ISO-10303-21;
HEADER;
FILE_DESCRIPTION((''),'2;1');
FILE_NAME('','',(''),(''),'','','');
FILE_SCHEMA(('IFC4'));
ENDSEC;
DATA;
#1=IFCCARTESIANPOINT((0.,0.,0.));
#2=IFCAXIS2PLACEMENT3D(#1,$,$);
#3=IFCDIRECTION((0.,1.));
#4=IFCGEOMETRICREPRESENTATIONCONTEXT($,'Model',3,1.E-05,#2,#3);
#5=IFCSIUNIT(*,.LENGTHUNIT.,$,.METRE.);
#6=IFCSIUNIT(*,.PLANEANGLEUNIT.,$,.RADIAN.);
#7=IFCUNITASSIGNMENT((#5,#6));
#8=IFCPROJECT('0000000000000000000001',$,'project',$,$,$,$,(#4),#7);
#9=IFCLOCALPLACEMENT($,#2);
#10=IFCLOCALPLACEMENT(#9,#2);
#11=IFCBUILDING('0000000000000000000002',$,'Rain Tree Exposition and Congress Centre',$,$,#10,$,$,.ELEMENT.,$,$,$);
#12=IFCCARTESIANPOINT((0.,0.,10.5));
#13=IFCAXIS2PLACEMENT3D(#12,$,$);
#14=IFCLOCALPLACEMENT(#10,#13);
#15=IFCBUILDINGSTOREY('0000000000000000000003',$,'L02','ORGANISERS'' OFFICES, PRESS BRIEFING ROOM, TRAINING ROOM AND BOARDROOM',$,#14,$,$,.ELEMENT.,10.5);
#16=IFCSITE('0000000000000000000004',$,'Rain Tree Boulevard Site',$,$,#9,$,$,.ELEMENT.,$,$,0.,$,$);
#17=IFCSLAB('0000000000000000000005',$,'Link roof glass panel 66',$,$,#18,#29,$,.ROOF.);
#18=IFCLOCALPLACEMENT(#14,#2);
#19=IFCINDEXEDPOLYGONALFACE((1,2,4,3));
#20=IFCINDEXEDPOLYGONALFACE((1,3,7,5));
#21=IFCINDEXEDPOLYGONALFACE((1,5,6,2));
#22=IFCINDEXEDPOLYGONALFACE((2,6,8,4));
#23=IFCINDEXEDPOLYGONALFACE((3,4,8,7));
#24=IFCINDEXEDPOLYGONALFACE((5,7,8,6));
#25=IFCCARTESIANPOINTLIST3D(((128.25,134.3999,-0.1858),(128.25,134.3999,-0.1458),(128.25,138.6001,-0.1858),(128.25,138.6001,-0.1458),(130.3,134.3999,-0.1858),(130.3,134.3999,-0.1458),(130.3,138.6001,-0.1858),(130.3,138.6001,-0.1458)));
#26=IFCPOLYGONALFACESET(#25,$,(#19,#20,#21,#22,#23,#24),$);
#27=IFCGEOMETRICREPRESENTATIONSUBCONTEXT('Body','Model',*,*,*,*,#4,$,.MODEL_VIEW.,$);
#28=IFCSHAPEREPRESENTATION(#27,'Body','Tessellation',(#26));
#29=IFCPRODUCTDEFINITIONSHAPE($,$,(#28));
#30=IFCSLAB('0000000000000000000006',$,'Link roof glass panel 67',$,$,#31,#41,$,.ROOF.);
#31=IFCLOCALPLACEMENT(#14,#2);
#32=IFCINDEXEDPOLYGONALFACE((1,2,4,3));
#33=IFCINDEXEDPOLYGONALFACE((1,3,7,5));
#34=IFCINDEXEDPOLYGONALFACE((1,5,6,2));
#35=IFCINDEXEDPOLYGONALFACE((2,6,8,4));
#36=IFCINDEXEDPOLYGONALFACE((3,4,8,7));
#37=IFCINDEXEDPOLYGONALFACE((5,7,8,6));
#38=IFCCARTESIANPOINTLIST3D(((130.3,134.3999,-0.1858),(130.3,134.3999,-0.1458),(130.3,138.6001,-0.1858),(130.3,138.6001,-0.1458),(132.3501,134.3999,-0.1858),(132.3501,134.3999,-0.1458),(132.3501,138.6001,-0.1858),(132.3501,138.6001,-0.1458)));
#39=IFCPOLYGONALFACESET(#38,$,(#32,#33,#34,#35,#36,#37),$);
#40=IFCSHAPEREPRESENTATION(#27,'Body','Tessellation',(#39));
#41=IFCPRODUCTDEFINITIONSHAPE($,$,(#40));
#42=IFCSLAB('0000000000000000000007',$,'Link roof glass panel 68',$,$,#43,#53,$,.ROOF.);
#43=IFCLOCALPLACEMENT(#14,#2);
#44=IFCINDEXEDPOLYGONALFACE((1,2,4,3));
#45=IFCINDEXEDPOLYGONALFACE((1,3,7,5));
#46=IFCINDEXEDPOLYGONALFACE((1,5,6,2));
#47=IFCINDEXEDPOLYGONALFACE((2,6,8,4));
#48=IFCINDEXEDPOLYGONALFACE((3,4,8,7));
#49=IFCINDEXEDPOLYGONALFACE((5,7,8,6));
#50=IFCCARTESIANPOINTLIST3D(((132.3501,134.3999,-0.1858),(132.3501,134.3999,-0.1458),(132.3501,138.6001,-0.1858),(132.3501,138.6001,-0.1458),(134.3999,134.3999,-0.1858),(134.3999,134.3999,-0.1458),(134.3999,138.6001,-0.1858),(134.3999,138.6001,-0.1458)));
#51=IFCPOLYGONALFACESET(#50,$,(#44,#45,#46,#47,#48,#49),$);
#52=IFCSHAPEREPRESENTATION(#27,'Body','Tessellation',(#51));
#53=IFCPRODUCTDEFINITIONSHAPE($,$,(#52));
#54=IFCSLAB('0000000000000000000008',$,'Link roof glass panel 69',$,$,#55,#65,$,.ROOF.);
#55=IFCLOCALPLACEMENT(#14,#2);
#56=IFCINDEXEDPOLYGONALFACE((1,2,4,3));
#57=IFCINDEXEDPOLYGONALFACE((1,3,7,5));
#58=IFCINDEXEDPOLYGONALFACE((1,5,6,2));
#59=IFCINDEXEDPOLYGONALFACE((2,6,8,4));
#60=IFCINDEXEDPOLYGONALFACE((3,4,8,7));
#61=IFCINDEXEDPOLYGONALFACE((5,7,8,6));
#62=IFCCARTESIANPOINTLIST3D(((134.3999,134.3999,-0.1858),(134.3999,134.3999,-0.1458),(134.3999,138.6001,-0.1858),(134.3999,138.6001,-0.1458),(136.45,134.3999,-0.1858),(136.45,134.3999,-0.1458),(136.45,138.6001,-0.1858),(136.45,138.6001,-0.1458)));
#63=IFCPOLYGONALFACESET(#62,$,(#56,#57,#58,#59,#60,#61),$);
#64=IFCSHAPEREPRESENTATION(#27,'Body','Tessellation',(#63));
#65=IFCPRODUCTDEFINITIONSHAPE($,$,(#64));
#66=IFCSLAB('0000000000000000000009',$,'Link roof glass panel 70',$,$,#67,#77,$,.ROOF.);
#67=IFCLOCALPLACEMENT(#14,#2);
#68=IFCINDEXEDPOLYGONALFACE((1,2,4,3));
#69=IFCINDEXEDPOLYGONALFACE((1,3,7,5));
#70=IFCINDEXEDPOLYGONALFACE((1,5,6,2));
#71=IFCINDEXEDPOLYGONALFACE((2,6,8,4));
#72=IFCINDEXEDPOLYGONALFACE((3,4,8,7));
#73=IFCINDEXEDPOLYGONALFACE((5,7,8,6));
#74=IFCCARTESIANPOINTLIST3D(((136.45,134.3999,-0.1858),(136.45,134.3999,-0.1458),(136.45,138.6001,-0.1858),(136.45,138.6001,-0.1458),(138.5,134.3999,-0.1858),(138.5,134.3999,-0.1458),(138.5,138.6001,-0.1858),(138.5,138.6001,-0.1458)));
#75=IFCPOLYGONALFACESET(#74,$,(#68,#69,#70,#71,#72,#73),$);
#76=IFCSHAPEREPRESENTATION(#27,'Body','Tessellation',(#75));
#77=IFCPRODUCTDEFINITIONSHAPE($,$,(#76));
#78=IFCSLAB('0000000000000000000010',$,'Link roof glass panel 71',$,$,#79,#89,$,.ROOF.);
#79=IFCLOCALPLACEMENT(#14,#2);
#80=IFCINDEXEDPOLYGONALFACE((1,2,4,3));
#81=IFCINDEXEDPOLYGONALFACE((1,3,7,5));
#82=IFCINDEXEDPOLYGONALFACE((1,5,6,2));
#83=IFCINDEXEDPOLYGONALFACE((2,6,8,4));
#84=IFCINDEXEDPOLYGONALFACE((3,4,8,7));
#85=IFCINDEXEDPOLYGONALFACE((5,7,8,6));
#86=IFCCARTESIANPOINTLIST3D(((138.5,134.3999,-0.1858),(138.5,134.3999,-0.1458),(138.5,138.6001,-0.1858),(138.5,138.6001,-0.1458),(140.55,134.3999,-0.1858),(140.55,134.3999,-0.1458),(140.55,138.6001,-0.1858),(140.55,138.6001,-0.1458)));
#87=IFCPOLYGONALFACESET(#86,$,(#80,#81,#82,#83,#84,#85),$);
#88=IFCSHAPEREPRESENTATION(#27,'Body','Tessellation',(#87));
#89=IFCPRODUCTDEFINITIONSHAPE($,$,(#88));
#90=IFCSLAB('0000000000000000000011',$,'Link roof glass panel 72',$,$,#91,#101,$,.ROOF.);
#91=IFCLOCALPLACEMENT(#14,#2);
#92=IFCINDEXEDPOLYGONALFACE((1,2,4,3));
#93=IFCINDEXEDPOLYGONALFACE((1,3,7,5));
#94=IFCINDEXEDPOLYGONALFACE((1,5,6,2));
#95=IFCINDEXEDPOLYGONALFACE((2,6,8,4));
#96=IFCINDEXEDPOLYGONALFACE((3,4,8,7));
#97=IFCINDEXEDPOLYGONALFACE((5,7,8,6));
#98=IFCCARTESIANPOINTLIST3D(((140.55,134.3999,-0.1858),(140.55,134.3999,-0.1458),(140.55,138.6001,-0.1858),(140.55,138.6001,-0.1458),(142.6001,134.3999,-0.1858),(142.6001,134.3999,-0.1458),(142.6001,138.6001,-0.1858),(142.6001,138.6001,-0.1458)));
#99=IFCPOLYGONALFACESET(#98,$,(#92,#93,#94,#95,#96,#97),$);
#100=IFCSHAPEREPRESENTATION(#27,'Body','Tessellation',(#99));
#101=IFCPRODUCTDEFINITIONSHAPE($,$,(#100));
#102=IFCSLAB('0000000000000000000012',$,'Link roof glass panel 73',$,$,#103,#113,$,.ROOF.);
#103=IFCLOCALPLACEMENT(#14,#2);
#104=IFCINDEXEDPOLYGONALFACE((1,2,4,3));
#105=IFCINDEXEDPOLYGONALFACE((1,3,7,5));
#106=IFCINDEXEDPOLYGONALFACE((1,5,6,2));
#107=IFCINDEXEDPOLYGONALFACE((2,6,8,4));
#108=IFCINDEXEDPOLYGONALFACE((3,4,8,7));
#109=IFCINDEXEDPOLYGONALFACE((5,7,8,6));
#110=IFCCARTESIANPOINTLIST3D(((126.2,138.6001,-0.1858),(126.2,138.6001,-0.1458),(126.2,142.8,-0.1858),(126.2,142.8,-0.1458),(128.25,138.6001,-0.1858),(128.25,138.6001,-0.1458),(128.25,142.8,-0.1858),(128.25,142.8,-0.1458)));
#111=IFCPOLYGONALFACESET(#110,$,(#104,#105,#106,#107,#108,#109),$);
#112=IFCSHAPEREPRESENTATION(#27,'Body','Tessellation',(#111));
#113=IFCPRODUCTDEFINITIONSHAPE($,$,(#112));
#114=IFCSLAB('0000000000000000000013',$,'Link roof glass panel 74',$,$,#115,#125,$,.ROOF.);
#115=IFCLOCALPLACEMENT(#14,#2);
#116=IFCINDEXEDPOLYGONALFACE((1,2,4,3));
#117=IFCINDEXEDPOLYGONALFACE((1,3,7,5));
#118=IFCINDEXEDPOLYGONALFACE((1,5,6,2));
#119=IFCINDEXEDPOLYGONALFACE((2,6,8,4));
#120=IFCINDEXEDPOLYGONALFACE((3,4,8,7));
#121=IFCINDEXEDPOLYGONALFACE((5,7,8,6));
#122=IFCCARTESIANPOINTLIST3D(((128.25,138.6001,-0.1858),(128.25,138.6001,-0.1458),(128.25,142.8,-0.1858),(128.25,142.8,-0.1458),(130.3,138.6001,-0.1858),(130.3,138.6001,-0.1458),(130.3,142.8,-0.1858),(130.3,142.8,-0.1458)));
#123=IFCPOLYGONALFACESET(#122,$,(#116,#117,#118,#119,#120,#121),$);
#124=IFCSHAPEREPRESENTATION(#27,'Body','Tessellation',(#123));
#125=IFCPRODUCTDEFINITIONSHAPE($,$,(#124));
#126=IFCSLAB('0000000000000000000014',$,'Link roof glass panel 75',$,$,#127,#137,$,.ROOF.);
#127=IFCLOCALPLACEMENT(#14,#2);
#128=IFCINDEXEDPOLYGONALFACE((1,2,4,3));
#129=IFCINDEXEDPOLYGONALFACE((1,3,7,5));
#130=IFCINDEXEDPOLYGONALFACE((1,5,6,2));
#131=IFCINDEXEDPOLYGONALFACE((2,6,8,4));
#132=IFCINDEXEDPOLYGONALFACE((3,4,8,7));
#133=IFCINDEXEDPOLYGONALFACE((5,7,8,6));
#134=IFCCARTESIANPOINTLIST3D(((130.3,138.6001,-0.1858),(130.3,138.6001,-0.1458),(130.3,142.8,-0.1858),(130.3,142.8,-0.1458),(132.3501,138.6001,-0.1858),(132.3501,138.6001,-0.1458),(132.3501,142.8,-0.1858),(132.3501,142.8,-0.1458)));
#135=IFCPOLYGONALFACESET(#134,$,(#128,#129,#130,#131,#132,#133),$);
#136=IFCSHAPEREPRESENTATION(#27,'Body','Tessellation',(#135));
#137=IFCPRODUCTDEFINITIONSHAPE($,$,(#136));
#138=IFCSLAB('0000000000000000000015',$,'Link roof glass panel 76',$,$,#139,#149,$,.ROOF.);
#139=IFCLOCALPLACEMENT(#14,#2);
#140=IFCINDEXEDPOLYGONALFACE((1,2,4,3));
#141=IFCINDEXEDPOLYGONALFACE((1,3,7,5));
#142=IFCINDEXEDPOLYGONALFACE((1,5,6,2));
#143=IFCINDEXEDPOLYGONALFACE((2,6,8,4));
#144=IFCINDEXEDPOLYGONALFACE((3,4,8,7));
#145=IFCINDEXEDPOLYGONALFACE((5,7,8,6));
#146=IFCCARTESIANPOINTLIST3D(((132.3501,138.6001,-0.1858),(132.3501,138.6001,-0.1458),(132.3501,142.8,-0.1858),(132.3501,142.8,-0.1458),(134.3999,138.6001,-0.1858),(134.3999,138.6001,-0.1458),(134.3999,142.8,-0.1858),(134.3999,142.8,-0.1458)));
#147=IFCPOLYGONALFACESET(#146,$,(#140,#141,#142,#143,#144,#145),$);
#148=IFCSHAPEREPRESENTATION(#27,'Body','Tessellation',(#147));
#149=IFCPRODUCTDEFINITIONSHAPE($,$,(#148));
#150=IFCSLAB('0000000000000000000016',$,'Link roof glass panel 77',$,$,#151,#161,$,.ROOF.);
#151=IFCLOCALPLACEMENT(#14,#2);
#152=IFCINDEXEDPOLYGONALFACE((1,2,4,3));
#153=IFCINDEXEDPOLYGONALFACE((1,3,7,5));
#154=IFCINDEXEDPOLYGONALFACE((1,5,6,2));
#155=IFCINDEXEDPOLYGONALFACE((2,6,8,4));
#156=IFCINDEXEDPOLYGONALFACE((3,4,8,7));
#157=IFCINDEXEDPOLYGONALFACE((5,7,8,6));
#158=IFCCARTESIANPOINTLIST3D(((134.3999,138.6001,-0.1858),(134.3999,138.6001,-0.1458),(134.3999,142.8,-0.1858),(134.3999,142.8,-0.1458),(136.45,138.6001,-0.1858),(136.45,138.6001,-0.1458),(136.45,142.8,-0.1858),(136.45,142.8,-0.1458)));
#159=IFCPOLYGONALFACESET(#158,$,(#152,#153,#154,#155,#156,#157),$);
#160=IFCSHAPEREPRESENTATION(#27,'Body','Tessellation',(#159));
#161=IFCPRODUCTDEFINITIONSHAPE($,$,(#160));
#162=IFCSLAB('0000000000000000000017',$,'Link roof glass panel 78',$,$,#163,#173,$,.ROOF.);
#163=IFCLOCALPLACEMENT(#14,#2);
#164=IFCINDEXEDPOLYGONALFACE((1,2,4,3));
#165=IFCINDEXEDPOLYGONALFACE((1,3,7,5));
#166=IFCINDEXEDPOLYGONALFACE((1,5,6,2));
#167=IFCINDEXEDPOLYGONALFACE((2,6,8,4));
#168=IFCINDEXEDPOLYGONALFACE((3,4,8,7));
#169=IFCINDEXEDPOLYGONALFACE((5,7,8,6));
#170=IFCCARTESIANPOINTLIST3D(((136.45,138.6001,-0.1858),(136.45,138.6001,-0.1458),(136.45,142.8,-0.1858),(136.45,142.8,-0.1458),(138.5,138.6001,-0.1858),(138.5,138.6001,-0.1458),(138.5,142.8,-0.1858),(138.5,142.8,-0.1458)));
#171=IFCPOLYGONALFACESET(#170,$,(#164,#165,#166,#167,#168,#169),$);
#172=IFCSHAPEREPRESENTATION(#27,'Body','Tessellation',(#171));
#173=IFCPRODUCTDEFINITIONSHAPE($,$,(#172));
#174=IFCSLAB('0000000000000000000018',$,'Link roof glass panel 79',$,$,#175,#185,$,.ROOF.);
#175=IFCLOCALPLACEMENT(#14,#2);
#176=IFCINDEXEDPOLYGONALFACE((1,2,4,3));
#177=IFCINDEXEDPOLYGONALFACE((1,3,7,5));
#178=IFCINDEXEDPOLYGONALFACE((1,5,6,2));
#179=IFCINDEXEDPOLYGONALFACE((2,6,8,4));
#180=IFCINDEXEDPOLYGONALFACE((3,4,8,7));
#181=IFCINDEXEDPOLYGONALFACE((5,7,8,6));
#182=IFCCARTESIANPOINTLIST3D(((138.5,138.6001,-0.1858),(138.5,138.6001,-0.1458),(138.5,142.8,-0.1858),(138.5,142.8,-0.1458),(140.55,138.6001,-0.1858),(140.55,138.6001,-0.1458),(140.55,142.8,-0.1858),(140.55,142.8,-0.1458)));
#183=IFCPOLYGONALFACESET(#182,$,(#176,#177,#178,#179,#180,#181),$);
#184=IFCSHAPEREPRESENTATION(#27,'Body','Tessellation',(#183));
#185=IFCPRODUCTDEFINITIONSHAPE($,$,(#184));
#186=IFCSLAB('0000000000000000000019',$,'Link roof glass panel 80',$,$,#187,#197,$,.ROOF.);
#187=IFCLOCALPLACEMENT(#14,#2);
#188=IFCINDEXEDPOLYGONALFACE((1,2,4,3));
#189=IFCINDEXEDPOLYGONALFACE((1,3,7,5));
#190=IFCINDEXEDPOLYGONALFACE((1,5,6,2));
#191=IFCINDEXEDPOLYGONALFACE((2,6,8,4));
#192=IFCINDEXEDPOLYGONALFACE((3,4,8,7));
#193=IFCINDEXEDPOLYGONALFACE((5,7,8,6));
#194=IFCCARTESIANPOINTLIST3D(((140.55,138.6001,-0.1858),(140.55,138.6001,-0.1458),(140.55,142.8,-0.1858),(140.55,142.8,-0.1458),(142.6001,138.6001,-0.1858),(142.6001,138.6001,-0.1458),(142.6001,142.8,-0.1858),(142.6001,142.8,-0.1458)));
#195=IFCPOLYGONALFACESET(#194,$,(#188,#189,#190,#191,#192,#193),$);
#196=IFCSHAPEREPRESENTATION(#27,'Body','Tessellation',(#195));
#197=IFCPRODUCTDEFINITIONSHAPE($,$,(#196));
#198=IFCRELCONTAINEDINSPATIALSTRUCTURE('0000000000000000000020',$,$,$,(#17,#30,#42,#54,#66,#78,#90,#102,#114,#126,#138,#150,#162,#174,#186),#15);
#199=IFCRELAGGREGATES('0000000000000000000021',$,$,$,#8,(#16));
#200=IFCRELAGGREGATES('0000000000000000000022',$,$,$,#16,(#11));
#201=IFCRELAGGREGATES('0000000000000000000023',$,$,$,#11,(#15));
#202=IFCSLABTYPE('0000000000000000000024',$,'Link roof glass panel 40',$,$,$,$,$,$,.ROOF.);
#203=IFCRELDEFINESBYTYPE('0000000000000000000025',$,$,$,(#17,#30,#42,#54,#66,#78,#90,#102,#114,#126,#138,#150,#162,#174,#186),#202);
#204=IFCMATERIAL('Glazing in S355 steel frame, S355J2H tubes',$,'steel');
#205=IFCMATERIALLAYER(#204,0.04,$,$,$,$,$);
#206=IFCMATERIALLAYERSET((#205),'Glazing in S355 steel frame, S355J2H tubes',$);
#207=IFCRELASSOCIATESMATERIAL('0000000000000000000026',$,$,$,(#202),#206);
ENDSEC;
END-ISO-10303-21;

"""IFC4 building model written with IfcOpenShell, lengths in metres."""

from ifc_helpers import new_model, si_unit, direction, frame, origin, place, context, subcontext, project, spatial, polyline, outline, extrude, material, layer, layer_set, type_object, element, save


model = new_model("IFC4")

# Units and contexts
model_context = context("Model", 3, precision=1e-05, world=origin(), true_north=direction((0.0, 1.0)))
body_context = subcontext(model_context, "Body", "Model", "MODEL_VIEW")
ifc_project = project(units=[si_unit("LENGTHUNIT", "METRE"), si_unit("PLANEANGLEUNIT", "RADIAN")], contexts=[model_context])

# Site, building, storey
site_placement = place(None, origin())
site = spatial("IfcSite", under=ifc_project, at=site_placement, Name="Rain Tree Boulevard Site", CompositionType="ELEMENT", RefElevation=0.0)
building_placement = place(site_placement, origin())
building = spatial("IfcBuilding", under=site, at=building_placement, Name="Rain Tree Exposition and Congress Centre", CompositionType="ELEMENT")
storey_placement = place(building_placement, frame((0.0, 0.0, 10.5)))
storey = spatial("IfcBuildingStorey", under=building, at=storey_placement, Name="L02", Description="ORGANISERS' OFFICES, PRESS BRIEFING ROOM, TRAINING ROOM AND BOARDROOM", CompositionType="ELEMENT", Elevation=10.5)

# Slabs
ifc_material = material(Name="Glazing in S355 steel frame, S355J2H tubes", Category="steel")
ifc_layer = layer(ifc_material, 0.04)
ifc_layer_set = layer_set([ifc_layer], Name="Glazing in S355 steel frame, S355J2H tubes")
slab_type = type_object("IfcSlabType", Name="Link roof glass panel 40", PredefinedType="ROOF", material=ifc_layer_set)
slab_1_placement = place(storey_placement, frame((0.0, 0.0, -0.1858)))
element("IfcSlab", 1, at=slab_1_placement, inside=storey, type_object=slab_type, Name="Link roof glass panel 66", PredefinedType="ROOF", context=body_context, shape_type="SweptSolid", body=[
    extrude(outline(polyline([(128.25, 134.3999), (130.3, 134.3999), (130.3, 138.6001), (128.25, 138.6001), (128.25, 134.3999)])), origin(), (0.0, 0.0, 1.0), 0.04),
])
slab_2_placement = place(storey_placement, frame((0.0, 0.0, -0.1858)))
element("IfcSlab", 2, at=slab_2_placement, inside=storey, type_object=slab_type, Name="Link roof glass panel 67", PredefinedType="ROOF", context=body_context, shape_type="SweptSolid", body=[
    extrude(outline(polyline([(130.3, 134.3999), (132.3501, 134.3999), (132.3501, 138.6001), (130.3, 138.6001), (130.3, 134.3999)])), origin(), (0.0, 0.0, 1.0), 0.04),
])
slab_3_placement = place(storey_placement, frame((0.0, 0.0, -0.1858)))
element("IfcSlab", 3, at=slab_3_placement, inside=storey, type_object=slab_type, Name="Link roof glass panel 68", PredefinedType="ROOF", context=body_context, shape_type="SweptSolid", body=[
    extrude(outline(polyline([(132.3501, 134.3999), (134.3999, 134.3999), (134.3999, 138.6001), (132.3501, 138.6001), (132.3501, 134.3999)])), origin(), (0.0, 0.0, 1.0), 0.04),
])
slab_4_placement = place(storey_placement, frame((0.0, 0.0, -0.1858)))
element("IfcSlab", 4, at=slab_4_placement, inside=storey, type_object=slab_type, Name="Link roof glass panel 69", PredefinedType="ROOF", context=body_context, shape_type="SweptSolid", body=[
    extrude(outline(polyline([(134.3999, 134.3999), (136.45, 134.3999), (136.45, 138.6001), (134.3999, 138.6001), (134.3999, 134.3999)])), origin(), (0.0, 0.0, 1.0), 0.04),
])
slab_5_placement = place(storey_placement, frame((0.0, 0.0, -0.1858)))
element("IfcSlab", 5, at=slab_5_placement, inside=storey, type_object=slab_type, Name="Link roof glass panel 70", PredefinedType="ROOF", context=body_context, shape_type="SweptSolid", body=[
    extrude(outline(polyline([(136.45, 134.3999), (138.5, 134.3999), (138.5, 138.6001), (136.45, 138.6001), (136.45, 134.3999)])), origin(), (0.0, 0.0, 1.0), 0.04),
])
slab_6_placement = place(storey_placement, frame((0.0, 0.0, -0.1858)))
element("IfcSlab", 6, at=slab_6_placement, inside=storey, type_object=slab_type, Name="Link roof glass panel 71", PredefinedType="ROOF", context=body_context, shape_type="SweptSolid", body=[
    extrude(outline(polyline([(138.5, 134.3999), (140.55, 134.3999), (140.55, 138.6001), (138.5, 138.6001), (138.5, 134.3999)])), origin(), (0.0, 0.0, 1.0), 0.04),
])
slab_7_placement = place(storey_placement, frame((0.0, 0.0, -0.1858)))
element("IfcSlab", 7, at=slab_7_placement, inside=storey, type_object=slab_type, Name="Link roof glass panel 72", PredefinedType="ROOF", context=body_context, shape_type="SweptSolid", body=[
    extrude(outline(polyline([(140.55, 134.3999), (142.6001, 134.3999), (142.6001, 138.6001), (140.55, 138.6001), (140.55, 134.3999)])), origin(), (0.0, 0.0, 1.0), 0.04),
])
slab_8_placement = place(storey_placement, frame((0.0, 0.0, -0.1858)))
element("IfcSlab", 8, at=slab_8_placement, inside=storey, type_object=slab_type, Name="Link roof glass panel 73", PredefinedType="ROOF", context=body_context, shape_type="SweptSolid", body=[
    extrude(outline(polyline([(126.2, 138.6001), (128.25, 138.6001), (128.25, 142.8), (126.2, 142.8), (126.2, 138.6001)])), origin(), (0.0, 0.0, 1.0), 0.04),
])
slab_9_placement = place(storey_placement, frame((0.0, 0.0, -0.1858)))
element("IfcSlab", 9, at=slab_9_placement, inside=storey, type_object=slab_type, Name="Link roof glass panel 74", PredefinedType="ROOF", context=body_context, shape_type="SweptSolid", body=[
    extrude(outline(polyline([(128.25, 138.6001), (130.3, 138.6001), (130.3, 142.8), (128.25, 142.8), (128.25, 138.6001)])), origin(), (0.0, 0.0, 1.0), 0.04),
])
slab_10_placement = place(storey_placement, frame((0.0, 0.0, -0.1858)))
element("IfcSlab", 10, at=slab_10_placement, inside=storey, type_object=slab_type, Name="Link roof glass panel 75", PredefinedType="ROOF", context=body_context, shape_type="SweptSolid", body=[
    extrude(outline(polyline([(130.3, 138.6001), (132.3501, 138.6001), (132.3501, 142.8), (130.3, 142.8), (130.3, 138.6001)])), origin(), (0.0, 0.0, 1.0), 0.04),
])
slab_11_placement = place(storey_placement, frame((0.0, 0.0, -0.1858)))
element("IfcSlab", 11, at=slab_11_placement, inside=storey, type_object=slab_type, Name="Link roof glass panel 76", PredefinedType="ROOF", context=body_context, shape_type="SweptSolid", body=[
    extrude(outline(polyline([(132.3501, 138.6001), (134.3999, 138.6001), (134.3999, 142.8), (132.3501, 142.8), (132.3501, 138.6001)])), origin(), (0.0, 0.0, 1.0), 0.04),
])
slab_12_placement = place(storey_placement, frame((0.0, 0.0, -0.1858)))
element("IfcSlab", 12, at=slab_12_placement, inside=storey, type_object=slab_type, Name="Link roof glass panel 77", PredefinedType="ROOF", context=body_context, shape_type="SweptSolid", body=[
    extrude(outline(polyline([(134.3999, 138.6001), (136.45, 138.6001), (136.45, 142.8), (134.3999, 142.8), (134.3999, 138.6001)])), origin(), (0.0, 0.0, 1.0), 0.04),
])
slab_13_placement = place(storey_placement, frame((0.0, 0.0, -0.1858)))
element("IfcSlab", 13, at=slab_13_placement, inside=storey, type_object=slab_type, Name="Link roof glass panel 78", PredefinedType="ROOF", context=body_context, shape_type="SweptSolid", body=[
    extrude(outline(polyline([(136.45, 138.6001), (138.5, 138.6001), (138.5, 142.8), (136.45, 142.8), (136.45, 138.6001)])), origin(), (0.0, 0.0, 1.0), 0.04),
])
slab_14_placement = place(storey_placement, frame((0.0, 0.0, -0.1858)))
element("IfcSlab", 14, at=slab_14_placement, inside=storey, type_object=slab_type, Name="Link roof glass panel 79", PredefinedType="ROOF", context=body_context, shape_type="SweptSolid", body=[
    extrude(outline(polyline([(138.5, 138.6001), (140.55, 138.6001), (140.55, 142.8), (138.5, 142.8), (138.5, 138.6001)])), origin(), (0.0, 0.0, 1.0), 0.04),
])
slab_15_placement = place(storey_placement, frame((0.0, 0.0, -0.1858)))
element("IfcSlab", 15, at=slab_15_placement, inside=storey, type_object=slab_type, Name="Link roof glass panel 80", PredefinedType="ROOF", context=body_context, shape_type="SweptSolid", body=[
    extrude(outline(polyline([(140.55, 138.6001), (142.6001, 138.6001), (142.6001, 142.8), (140.55, 142.8), (140.55, 138.6001)])), origin(), (0.0, 0.0, 1.0), 0.04),
])

save(model, "model.ifc")
